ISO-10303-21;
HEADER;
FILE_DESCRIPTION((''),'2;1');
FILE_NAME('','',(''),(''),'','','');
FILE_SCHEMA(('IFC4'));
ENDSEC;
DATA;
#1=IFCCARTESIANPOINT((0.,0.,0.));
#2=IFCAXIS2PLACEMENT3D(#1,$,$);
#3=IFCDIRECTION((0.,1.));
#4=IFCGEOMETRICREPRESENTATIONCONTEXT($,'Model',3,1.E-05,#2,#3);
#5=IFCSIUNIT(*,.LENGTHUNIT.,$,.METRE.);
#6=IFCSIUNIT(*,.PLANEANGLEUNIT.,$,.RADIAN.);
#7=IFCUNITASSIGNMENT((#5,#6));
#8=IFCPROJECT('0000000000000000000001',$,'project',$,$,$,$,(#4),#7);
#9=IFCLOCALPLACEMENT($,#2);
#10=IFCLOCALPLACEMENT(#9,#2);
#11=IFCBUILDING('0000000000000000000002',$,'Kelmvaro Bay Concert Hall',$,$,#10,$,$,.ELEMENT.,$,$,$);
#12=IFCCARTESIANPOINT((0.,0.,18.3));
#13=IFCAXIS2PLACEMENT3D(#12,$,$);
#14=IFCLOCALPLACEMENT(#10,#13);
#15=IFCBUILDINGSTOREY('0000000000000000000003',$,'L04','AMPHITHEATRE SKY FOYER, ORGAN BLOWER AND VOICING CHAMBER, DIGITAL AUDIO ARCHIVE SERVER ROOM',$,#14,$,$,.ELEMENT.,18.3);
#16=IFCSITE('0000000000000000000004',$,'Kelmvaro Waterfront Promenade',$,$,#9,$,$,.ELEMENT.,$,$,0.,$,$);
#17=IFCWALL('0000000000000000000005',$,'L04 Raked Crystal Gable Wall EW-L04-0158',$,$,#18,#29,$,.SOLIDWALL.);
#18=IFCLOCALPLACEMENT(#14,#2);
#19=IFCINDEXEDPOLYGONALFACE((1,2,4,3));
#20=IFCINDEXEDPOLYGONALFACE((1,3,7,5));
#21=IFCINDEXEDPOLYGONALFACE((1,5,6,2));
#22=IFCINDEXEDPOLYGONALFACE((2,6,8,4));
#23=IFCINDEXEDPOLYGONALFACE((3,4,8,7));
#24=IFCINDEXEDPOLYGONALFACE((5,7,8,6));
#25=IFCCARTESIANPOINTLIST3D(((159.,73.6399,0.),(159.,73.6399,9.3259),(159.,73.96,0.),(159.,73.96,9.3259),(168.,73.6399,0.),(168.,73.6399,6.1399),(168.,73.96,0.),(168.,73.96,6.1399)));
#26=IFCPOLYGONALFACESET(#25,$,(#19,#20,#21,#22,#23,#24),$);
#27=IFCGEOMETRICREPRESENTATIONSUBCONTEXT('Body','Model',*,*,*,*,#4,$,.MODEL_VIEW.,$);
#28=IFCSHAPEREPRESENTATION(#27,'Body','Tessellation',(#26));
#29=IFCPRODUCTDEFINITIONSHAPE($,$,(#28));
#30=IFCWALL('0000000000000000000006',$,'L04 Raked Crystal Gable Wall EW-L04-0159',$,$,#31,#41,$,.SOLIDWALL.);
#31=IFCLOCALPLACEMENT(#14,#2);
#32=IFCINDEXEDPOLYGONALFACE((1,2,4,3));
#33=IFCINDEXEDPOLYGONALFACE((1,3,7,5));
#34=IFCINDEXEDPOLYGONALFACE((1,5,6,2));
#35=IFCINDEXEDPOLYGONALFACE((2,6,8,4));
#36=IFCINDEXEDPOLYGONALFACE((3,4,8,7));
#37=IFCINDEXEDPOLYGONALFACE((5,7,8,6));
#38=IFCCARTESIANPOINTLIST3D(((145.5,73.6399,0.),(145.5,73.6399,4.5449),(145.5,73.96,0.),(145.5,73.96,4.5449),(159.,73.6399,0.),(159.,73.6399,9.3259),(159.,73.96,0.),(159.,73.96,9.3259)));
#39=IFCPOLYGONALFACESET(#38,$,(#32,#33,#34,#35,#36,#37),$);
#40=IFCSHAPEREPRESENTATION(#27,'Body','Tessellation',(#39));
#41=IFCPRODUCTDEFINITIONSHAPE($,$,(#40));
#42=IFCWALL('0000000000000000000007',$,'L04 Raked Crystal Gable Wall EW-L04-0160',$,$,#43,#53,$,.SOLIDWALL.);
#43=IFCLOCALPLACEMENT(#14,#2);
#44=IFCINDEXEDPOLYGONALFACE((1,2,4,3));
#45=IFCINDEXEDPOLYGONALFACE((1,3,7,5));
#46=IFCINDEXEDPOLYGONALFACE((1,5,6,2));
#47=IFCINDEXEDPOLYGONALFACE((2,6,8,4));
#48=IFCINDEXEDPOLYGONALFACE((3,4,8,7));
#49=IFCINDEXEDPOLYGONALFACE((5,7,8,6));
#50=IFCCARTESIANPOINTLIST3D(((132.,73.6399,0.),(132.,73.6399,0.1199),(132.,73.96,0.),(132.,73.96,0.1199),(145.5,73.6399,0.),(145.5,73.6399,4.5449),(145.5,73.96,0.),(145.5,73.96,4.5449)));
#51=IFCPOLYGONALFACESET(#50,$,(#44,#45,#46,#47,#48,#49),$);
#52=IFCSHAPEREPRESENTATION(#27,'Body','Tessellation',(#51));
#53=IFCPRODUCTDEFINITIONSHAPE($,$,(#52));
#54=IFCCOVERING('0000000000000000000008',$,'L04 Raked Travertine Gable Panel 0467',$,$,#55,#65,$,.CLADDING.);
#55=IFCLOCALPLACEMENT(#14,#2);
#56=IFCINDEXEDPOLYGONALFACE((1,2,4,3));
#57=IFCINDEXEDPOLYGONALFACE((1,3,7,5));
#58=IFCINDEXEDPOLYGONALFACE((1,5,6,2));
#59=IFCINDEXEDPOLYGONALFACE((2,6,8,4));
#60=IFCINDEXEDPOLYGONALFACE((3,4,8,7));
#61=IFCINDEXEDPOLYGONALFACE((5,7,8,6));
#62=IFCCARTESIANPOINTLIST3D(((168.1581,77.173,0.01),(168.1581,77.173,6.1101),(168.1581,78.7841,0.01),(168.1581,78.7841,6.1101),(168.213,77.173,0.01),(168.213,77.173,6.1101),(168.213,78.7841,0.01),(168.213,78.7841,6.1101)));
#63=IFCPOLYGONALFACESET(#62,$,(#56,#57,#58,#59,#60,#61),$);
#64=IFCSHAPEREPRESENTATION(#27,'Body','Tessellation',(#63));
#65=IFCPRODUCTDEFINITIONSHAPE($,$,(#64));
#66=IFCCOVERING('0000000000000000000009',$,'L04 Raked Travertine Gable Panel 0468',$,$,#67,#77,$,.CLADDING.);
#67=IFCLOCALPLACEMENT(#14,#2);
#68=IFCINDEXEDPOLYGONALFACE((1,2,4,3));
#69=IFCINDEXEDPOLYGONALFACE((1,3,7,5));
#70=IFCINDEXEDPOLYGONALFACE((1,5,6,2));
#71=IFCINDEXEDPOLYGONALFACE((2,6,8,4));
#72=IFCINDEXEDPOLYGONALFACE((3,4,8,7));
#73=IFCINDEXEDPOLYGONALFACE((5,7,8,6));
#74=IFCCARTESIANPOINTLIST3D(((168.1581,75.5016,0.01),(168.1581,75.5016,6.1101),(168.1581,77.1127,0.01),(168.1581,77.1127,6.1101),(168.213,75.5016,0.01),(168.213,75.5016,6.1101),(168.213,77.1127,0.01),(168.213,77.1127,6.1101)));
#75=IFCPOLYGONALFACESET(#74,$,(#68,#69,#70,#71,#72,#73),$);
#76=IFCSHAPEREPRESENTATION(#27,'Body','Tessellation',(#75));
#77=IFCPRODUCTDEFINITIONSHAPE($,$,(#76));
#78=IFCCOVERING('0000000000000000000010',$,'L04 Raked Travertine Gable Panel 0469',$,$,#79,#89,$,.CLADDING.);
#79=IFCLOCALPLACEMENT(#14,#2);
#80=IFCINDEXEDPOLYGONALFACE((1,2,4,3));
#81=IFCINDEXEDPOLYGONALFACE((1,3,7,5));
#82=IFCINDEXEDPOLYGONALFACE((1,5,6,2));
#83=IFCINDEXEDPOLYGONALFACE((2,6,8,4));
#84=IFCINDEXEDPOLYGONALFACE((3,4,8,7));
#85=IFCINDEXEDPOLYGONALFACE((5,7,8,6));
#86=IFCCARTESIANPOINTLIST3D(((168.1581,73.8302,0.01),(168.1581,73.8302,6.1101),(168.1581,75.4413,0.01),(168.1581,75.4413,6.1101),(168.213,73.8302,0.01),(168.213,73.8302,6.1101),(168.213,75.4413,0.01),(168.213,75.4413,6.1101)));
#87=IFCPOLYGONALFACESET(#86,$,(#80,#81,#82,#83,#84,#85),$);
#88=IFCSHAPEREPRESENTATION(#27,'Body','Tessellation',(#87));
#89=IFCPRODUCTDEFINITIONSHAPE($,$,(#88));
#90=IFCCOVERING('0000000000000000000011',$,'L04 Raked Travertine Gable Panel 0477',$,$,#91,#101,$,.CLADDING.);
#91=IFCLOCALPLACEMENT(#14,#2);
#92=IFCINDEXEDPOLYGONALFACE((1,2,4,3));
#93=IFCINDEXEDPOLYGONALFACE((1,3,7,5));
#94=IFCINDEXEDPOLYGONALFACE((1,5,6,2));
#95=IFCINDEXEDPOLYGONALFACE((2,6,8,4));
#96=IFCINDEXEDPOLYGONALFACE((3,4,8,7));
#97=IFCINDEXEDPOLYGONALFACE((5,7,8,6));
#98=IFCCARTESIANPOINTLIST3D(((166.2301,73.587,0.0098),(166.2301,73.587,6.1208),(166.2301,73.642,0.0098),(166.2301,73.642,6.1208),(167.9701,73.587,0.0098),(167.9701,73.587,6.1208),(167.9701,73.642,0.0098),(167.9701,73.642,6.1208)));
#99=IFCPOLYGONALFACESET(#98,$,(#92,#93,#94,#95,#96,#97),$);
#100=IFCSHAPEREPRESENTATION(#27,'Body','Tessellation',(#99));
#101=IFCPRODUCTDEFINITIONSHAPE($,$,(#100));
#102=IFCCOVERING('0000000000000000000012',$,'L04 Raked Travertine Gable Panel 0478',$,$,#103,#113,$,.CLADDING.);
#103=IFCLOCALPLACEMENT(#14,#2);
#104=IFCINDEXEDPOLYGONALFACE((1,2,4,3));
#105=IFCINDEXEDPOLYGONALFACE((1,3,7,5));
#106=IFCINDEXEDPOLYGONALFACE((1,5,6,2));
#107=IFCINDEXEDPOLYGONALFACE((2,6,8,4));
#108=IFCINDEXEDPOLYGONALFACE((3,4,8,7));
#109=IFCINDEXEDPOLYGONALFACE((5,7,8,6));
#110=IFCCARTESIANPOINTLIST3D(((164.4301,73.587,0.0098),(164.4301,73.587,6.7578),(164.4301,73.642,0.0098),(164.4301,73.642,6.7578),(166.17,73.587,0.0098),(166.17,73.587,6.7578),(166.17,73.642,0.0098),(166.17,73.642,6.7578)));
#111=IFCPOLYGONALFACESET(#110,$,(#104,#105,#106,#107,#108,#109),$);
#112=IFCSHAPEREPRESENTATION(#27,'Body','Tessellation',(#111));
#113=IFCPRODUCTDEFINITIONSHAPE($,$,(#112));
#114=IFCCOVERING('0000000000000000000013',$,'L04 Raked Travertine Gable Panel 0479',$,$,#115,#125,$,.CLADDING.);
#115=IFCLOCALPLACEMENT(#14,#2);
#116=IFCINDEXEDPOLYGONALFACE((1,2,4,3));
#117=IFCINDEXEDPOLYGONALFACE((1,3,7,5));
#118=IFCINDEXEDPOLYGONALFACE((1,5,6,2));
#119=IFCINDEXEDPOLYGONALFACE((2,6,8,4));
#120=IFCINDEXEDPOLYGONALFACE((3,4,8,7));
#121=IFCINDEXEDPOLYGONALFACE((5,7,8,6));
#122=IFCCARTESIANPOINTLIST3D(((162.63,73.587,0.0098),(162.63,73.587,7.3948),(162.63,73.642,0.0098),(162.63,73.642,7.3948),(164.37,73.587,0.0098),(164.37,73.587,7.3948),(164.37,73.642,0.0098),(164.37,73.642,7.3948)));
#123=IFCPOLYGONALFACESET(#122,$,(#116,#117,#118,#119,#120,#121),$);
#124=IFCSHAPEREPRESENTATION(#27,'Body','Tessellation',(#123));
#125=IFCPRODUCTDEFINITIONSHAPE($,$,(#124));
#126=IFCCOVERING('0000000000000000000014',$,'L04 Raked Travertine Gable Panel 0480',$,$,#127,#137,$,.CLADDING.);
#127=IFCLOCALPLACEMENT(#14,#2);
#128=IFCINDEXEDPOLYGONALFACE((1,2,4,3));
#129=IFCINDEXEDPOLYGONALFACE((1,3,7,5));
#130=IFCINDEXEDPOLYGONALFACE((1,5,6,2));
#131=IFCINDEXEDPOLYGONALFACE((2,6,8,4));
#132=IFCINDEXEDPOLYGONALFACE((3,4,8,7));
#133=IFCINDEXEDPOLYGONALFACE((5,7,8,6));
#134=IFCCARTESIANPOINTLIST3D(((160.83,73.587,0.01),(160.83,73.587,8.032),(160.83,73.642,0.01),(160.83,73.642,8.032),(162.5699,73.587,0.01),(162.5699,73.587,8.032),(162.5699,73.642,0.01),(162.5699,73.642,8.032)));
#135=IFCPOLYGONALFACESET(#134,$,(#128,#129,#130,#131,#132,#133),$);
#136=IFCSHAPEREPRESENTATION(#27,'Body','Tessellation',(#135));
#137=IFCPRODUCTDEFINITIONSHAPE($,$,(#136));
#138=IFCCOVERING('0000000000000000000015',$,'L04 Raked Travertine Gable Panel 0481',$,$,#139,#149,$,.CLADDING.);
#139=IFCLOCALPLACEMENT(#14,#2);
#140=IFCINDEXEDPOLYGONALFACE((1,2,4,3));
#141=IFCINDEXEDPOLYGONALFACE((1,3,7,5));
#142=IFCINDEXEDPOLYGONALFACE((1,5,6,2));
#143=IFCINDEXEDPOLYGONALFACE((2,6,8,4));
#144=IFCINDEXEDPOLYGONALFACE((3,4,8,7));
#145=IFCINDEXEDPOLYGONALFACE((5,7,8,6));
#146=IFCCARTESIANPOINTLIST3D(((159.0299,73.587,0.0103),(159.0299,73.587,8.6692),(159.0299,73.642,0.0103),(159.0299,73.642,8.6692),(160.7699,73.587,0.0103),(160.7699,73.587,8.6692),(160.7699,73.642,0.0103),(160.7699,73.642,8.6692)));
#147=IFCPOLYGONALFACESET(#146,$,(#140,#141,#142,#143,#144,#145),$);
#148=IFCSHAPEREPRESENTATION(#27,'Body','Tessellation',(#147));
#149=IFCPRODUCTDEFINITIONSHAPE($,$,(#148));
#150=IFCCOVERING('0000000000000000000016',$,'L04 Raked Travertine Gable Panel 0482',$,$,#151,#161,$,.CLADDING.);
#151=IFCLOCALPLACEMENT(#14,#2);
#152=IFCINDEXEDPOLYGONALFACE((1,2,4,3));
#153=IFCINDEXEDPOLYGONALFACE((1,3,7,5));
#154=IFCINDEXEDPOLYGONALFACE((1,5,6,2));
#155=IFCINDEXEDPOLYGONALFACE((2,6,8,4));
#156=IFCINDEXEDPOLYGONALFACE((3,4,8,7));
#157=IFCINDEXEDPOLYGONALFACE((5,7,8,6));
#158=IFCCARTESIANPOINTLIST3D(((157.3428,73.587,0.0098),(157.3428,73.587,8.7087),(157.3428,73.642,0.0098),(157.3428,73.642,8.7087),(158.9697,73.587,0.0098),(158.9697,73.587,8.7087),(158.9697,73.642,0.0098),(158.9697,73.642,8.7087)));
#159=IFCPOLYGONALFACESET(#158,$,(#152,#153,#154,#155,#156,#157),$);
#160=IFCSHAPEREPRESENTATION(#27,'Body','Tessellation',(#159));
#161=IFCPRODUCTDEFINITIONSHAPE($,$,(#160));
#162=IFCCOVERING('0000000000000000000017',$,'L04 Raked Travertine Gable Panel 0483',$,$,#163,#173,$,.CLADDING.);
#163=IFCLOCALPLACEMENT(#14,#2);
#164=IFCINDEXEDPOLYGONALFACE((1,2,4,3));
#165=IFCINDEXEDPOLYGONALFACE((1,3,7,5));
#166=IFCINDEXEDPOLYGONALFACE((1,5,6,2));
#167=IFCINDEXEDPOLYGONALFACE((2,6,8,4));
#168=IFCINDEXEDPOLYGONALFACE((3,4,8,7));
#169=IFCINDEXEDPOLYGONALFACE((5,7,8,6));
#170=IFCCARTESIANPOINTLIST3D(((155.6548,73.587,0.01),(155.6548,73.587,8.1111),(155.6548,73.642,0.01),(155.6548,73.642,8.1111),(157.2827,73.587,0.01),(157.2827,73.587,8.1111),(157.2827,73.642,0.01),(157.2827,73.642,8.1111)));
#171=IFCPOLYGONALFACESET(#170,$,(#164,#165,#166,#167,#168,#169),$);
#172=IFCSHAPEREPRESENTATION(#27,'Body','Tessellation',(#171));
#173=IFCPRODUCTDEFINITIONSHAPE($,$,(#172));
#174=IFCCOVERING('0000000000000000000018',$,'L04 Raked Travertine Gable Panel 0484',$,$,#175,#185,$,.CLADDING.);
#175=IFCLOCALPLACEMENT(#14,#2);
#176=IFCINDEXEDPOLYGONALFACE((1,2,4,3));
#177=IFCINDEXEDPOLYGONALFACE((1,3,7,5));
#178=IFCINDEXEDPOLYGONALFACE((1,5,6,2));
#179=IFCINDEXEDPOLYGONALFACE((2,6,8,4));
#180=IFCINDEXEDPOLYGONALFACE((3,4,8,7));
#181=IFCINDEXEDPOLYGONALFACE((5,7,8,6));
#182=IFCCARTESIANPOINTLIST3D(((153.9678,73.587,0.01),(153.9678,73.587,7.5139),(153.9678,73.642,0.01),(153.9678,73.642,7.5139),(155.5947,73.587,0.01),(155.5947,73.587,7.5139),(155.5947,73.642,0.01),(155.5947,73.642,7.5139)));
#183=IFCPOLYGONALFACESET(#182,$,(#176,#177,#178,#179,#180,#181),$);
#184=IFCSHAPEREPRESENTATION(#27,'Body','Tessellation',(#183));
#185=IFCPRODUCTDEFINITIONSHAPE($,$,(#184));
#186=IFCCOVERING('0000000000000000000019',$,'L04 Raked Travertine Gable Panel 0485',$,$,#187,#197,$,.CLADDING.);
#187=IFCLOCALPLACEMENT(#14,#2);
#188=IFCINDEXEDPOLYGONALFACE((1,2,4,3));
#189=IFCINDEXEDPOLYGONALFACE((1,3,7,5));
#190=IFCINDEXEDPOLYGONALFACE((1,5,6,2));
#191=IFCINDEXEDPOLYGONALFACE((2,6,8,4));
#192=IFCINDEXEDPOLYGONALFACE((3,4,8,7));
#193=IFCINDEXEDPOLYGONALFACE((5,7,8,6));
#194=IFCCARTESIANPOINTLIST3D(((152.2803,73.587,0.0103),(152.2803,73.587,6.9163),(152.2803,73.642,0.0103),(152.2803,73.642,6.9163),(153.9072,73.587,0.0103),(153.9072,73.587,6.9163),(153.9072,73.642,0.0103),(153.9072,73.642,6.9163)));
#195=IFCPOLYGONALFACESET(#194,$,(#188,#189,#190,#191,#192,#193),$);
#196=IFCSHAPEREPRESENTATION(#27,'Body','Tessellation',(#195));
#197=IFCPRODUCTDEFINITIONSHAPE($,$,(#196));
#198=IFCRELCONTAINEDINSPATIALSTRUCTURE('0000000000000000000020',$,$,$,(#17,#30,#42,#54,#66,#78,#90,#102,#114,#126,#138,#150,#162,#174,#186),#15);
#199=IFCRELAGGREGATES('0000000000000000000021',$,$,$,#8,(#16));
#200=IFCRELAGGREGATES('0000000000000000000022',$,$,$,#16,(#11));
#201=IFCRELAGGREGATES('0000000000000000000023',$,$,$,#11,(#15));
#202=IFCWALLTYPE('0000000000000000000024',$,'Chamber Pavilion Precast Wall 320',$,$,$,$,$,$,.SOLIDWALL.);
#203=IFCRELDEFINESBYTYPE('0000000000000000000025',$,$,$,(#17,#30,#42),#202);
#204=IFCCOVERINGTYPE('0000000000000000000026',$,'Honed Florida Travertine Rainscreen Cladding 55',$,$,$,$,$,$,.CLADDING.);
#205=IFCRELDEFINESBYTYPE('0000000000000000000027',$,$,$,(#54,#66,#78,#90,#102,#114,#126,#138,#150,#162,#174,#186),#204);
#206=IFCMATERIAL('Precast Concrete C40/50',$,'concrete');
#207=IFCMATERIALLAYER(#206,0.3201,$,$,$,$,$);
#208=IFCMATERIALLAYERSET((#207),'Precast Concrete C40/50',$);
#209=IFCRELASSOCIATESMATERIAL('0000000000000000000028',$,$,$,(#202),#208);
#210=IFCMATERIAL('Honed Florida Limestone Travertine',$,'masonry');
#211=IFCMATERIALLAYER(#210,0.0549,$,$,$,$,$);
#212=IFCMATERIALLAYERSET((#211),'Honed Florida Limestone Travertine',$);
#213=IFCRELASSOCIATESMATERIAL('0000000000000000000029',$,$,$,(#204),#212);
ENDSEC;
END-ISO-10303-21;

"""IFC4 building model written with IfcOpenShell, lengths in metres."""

from ifc_helpers import new_model, si_unit, direction, frame, origin, origin_2d, place, context, subcontext, project, spatial, polyline, rectangle, outline, extrude, material, layer, layer_set, type_object, element, save


model = new_model("IFC4")

# Units and contexts
model_context = context("Model", 3, precision=1e-05, world=origin(), true_north=direction((0.0, 1.0)))
body_context = subcontext(model_context, "Body", "Model", "MODEL_VIEW")
ifc_project = project(units=[si_unit("LENGTHUNIT", "METRE"), si_unit("PLANEANGLEUNIT", "RADIAN")], contexts=[model_context])

# Site, building, storey
site_placement = place(None, origin())
site = spatial("IfcSite", under=ifc_project, at=site_placement, Name="Kelmvaro Waterfront Promenade", CompositionType="ELEMENT", RefElevation=0.0)
building_placement = place(site_placement, origin())
building = spatial("IfcBuilding", under=site, at=building_placement, Name="Kelmvaro Bay Concert Hall", CompositionType="ELEMENT")
storey_placement = place(building_placement, frame((0.0, 0.0, 18.3)))
storey = spatial("IfcBuildingStorey", under=building, at=storey_placement, Name="L04", Description="AMPHITHEATRE SKY FOYER, ORGAN BLOWER AND VOICING CHAMBER, DIGITAL AUDIO ARCHIVE SERVER ROOM", CompositionType="ELEMENT", Elevation=18.3)

# Walls
ifc_material_1 = material(Name="Precast Concrete C40/50", Category="concrete")
ifc_layer_1 = layer(ifc_material_1, 0.3201)
ifc_layer_set_1 = layer_set([ifc_layer_1], Name="Precast Concrete C40/50")
wall_type = type_object("IfcWallType", Name="Chamber Pavilion Precast Wall 320", PredefinedType="SOLIDWALL", material=ifc_layer_set_1)
wall_1_placement = place(storey_placement, frame((168.0, 73.8, 0.0), z_axis=(0.0, 0.0, 1.0), x_axis=(-1.0, 0.0, 0.0)))
element("IfcWall", 1, at=wall_1_placement, inside=storey, type_object=wall_type, Name="L04 Raked Crystal Gable Wall EW-L04-0158", PredefinedType="SOLIDWALL", context=body_context, shape_type="SweptSolid", body=[
    extrude(outline(polyline([(0.0, 0.0), (9.0, 0.0), (9.0, 9.3259), (0.0, 6.1399), (0.0, 0.0)])), frame((0.0, 0.1602, 0.0), z_axis=(0.0, -1.0, 0.0), x_axis=(1.0, 0.0, 0.0)), (0.0, 0.0, 1.0), 0.3201),
])
wall_2_placement = place(storey_placement, frame((159.0, 73.8, 0.0), z_axis=(0.0, 0.0, 1.0), x_axis=(-1.0, 0.0, 0.0)))
element("IfcWall", 2, at=wall_2_placement, inside=storey, type_object=wall_type, Name="L04 Raked Crystal Gable Wall EW-L04-0159", PredefinedType="SOLIDWALL", context=body_context, shape_type="SweptSolid", body=[
    extrude(outline(polyline([(0.0, 0.0), (13.5, 0.0), (13.5, 4.5449), (0.0, 9.3259), (0.0, 0.0)])), frame((0.0, 0.1602, 0.0), z_axis=(0.0, -1.0, 0.0), x_axis=(1.0, 0.0, 0.0)), (0.0, 0.0, 1.0), 0.3201),
])
wall_3_placement = place(storey_placement, frame((145.5, 73.8, 0.0), z_axis=(0.0, 0.0, 1.0), x_axis=(-1.0, 0.0, 0.0)))
element("IfcWall", 3, at=wall_3_placement, inside=storey, type_object=wall_type, Name="L04 Raked Crystal Gable Wall EW-L04-0160", PredefinedType="SOLIDWALL", context=body_context, shape_type="SweptSolid", body=[
    extrude(outline(polyline([(0.0, 0.0), (13.5, 0.0), (13.5, 0.1199), (0.0, 4.5449), (0.0, 0.0)])), frame((0.0, 0.1602, 0.0), z_axis=(0.0, -1.0, 0.0), x_axis=(1.0, 0.0, 0.0)), (0.0, 0.0, 1.0), 0.3201),
])

# Coverings
ifc_material_2 = material(Name="Honed Florida Limestone Travertine", Category="masonry")
ifc_layer_2 = layer(ifc_material_2, 0.0549)
ifc_layer_set_2 = layer_set([ifc_layer_2], Name="Honed Florida Limestone Travertine")
covering_type = type_object("IfcCoveringType", Name="Honed Florida Travertine Rainscreen Cladding 55", PredefinedType="CLADDING", material=ifc_layer_set_2)
for number, where, z_axis, x_axis, name in (
    (4, (168.1855, 77.9785, 0.01), (0.0, 0.0, 1.0), (0.0, -1.0, 0.0), "L04 Raked Travertine Gable Panel 0467"),
    (5, (168.1855, 76.3071, 0.01), (0.0, 0.0, 1.0), (0.0, -1.0, 0.0), "L04 Raked Travertine Gable Panel 0468"),
    (6, (168.1855, 74.6357, 0.01), (0.0, 0.0, 1.0), (0.0, -1.0, 0.0), "L04 Raked Travertine Gable Panel 0469"),
):
    element("IfcCovering", number, at=place(storey_placement, frame(where, z_axis=z_axis, x_axis=x_axis)), inside=storey, type_object=covering_type, Name=name, PredefinedType="CLADDING", context=body_context, shape_type="SweptSolid", body=[
        extrude(rectangle(XDim=1.6111, YDim=0.0549, at=origin_2d()), origin(), (0.0, 0.0, 1.0), 6.1001),
    ])
covering_1_placement = place(storey_placement, frame((167.1001, 73.6145, 0.0098), z_axis=(0.0, 0.0, 1.0), x_axis=(-1.0, 0.0, 0.0)))
element("IfcCovering", 7, at=covering_1_placement, inside=storey, type_object=covering_type, Name="L04 Raked Travertine Gable Panel 0477", PredefinedType="CLADDING", context=body_context, shape_type="SweptSolid", body=[
    extrude(rectangle(XDim=1.74, YDim=0.0549, at=origin_2d()), origin(), (0.0, 0.0, 1.0), 6.1111),
])
covering_2_placement = place(storey_placement, frame((165.3, 73.6145, 0.0098), z_axis=(0.0, 0.0, 1.0), x_axis=(-1.0, 0.0, 0.0)))
element("IfcCovering", 8, at=covering_2_placement, inside=storey, type_object=covering_type, Name="L04 Raked Travertine Gable Panel 0478", PredefinedType="CLADDING", context=body_context, shape_type="SweptSolid", body=[
    extrude(rectangle(XDim=1.74, YDim=0.0549, at=origin_2d()), origin(), (0.0, 0.0, 1.0), 6.748),
])
covering_3_placement = place(storey_placement, frame((163.5, 73.6145, 0.0098), z_axis=(0.0, 0.0, 1.0), x_axis=(-1.0, 0.0, 0.0)))
element("IfcCovering", 9, at=covering_3_placement, inside=storey, type_object=covering_type, Name="L04 Raked Travertine Gable Panel 0479", PredefinedType="CLADDING", context=body_context, shape_type="SweptSolid", body=[
    extrude(rectangle(XDim=1.74, YDim=0.0549, at=origin_2d()), origin(), (0.0, 0.0, 1.0), 7.385),
])
covering_4_placement = place(storey_placement, frame((161.7, 73.6145, 0.01), z_axis=(0.0, 0.0, 1.0), x_axis=(-1.0, 0.0, 0.0)))
element("IfcCovering", 10, at=covering_4_placement, inside=storey, type_object=covering_type, Name="L04 Raked Travertine Gable Panel 0480", PredefinedType="CLADDING", context=body_context, shape_type="SweptSolid", body=[
    extrude(rectangle(XDim=1.74, YDim=0.0549, at=origin_2d()), origin(), (0.0, 0.0, 1.0), 8.022),
])
covering_5_placement = place(storey_placement, frame((159.8999, 73.6145, 0.0103), z_axis=(0.0, 0.0, 1.0), x_axis=(-1.0, 0.0, 0.0)))
element("IfcCovering", 11, at=covering_5_placement, inside=storey, type_object=covering_type, Name="L04 Raked Travertine Gable Panel 0481", PredefinedType="CLADDING", context=body_context, shape_type="SweptSolid", body=[
    extrude(rectangle(XDim=1.74, YDim=0.0549, at=origin_2d()), origin(), (0.0, 0.0, 1.0), 8.6589),
])
covering_6_placement = place(storey_placement, frame((158.1562, 73.6145, 0.0098), z_axis=(0.0, 0.0, 1.0), x_axis=(-1.0, 0.0, 0.0)))
element("IfcCovering", 12, at=covering_6_placement, inside=storey, type_object=covering_type, Name="L04 Raked Travertine Gable Panel 0482", PredefinedType="CLADDING", context=body_context, shape_type="SweptSolid", body=[
    extrude(rectangle(XDim=1.627, YDim=0.0549, at=origin_2d()), origin(), (0.0, 0.0, 1.0), 8.699),
])
covering_7_placement = place(storey_placement, frame((156.4688, 73.6145, 0.01), z_axis=(0.0, 0.0, 1.0), x_axis=(-1.0, 0.0, 0.0)))
element("IfcCovering", 13, at=covering_7_placement, inside=storey, type_object=covering_type, Name="L04 Raked Travertine Gable Panel 0483", PredefinedType="CLADDING", context=body_context, shape_type="SweptSolid", body=[
    extrude(rectangle(XDim=1.6279, YDim=0.0549, at=origin_2d()), origin(), (0.0, 0.0, 1.0), 8.1011),
])
covering_8_placement = place(storey_placement, frame((154.7812, 73.6145, 0.01), z_axis=(0.0, 0.0, 1.0), x_axis=(-1.0, 0.0, 0.0)))
element("IfcCovering", 14, at=covering_8_placement, inside=storey, type_object=covering_type, Name="L04 Raked Travertine Gable Panel 0484", PredefinedType="CLADDING", context=body_context, shape_type="SweptSolid", body=[
    extrude(rectangle(XDim=1.627, YDim=0.0549, at=origin_2d()), origin(), (0.0, 0.0, 1.0), 7.5039),
])
covering_9_placement = place(storey_placement, frame((153.0938, 73.6145, 0.0103), z_axis=(0.0, 0.0, 1.0), x_axis=(-1.0, 0.0, 0.0)))
element("IfcCovering", 15, at=covering_9_placement, inside=storey, type_object=covering_type, Name="L04 Raked Travertine Gable Panel 0485", PredefinedType="CLADDING", context=body_context, shape_type="SweptSolid", body=[
    extrude(rectangle(XDim=1.627, YDim=0.0549, at=origin_2d()), origin(), (0.0, 0.0, 1.0), 6.906),
])

save(model, "model.ifc")
